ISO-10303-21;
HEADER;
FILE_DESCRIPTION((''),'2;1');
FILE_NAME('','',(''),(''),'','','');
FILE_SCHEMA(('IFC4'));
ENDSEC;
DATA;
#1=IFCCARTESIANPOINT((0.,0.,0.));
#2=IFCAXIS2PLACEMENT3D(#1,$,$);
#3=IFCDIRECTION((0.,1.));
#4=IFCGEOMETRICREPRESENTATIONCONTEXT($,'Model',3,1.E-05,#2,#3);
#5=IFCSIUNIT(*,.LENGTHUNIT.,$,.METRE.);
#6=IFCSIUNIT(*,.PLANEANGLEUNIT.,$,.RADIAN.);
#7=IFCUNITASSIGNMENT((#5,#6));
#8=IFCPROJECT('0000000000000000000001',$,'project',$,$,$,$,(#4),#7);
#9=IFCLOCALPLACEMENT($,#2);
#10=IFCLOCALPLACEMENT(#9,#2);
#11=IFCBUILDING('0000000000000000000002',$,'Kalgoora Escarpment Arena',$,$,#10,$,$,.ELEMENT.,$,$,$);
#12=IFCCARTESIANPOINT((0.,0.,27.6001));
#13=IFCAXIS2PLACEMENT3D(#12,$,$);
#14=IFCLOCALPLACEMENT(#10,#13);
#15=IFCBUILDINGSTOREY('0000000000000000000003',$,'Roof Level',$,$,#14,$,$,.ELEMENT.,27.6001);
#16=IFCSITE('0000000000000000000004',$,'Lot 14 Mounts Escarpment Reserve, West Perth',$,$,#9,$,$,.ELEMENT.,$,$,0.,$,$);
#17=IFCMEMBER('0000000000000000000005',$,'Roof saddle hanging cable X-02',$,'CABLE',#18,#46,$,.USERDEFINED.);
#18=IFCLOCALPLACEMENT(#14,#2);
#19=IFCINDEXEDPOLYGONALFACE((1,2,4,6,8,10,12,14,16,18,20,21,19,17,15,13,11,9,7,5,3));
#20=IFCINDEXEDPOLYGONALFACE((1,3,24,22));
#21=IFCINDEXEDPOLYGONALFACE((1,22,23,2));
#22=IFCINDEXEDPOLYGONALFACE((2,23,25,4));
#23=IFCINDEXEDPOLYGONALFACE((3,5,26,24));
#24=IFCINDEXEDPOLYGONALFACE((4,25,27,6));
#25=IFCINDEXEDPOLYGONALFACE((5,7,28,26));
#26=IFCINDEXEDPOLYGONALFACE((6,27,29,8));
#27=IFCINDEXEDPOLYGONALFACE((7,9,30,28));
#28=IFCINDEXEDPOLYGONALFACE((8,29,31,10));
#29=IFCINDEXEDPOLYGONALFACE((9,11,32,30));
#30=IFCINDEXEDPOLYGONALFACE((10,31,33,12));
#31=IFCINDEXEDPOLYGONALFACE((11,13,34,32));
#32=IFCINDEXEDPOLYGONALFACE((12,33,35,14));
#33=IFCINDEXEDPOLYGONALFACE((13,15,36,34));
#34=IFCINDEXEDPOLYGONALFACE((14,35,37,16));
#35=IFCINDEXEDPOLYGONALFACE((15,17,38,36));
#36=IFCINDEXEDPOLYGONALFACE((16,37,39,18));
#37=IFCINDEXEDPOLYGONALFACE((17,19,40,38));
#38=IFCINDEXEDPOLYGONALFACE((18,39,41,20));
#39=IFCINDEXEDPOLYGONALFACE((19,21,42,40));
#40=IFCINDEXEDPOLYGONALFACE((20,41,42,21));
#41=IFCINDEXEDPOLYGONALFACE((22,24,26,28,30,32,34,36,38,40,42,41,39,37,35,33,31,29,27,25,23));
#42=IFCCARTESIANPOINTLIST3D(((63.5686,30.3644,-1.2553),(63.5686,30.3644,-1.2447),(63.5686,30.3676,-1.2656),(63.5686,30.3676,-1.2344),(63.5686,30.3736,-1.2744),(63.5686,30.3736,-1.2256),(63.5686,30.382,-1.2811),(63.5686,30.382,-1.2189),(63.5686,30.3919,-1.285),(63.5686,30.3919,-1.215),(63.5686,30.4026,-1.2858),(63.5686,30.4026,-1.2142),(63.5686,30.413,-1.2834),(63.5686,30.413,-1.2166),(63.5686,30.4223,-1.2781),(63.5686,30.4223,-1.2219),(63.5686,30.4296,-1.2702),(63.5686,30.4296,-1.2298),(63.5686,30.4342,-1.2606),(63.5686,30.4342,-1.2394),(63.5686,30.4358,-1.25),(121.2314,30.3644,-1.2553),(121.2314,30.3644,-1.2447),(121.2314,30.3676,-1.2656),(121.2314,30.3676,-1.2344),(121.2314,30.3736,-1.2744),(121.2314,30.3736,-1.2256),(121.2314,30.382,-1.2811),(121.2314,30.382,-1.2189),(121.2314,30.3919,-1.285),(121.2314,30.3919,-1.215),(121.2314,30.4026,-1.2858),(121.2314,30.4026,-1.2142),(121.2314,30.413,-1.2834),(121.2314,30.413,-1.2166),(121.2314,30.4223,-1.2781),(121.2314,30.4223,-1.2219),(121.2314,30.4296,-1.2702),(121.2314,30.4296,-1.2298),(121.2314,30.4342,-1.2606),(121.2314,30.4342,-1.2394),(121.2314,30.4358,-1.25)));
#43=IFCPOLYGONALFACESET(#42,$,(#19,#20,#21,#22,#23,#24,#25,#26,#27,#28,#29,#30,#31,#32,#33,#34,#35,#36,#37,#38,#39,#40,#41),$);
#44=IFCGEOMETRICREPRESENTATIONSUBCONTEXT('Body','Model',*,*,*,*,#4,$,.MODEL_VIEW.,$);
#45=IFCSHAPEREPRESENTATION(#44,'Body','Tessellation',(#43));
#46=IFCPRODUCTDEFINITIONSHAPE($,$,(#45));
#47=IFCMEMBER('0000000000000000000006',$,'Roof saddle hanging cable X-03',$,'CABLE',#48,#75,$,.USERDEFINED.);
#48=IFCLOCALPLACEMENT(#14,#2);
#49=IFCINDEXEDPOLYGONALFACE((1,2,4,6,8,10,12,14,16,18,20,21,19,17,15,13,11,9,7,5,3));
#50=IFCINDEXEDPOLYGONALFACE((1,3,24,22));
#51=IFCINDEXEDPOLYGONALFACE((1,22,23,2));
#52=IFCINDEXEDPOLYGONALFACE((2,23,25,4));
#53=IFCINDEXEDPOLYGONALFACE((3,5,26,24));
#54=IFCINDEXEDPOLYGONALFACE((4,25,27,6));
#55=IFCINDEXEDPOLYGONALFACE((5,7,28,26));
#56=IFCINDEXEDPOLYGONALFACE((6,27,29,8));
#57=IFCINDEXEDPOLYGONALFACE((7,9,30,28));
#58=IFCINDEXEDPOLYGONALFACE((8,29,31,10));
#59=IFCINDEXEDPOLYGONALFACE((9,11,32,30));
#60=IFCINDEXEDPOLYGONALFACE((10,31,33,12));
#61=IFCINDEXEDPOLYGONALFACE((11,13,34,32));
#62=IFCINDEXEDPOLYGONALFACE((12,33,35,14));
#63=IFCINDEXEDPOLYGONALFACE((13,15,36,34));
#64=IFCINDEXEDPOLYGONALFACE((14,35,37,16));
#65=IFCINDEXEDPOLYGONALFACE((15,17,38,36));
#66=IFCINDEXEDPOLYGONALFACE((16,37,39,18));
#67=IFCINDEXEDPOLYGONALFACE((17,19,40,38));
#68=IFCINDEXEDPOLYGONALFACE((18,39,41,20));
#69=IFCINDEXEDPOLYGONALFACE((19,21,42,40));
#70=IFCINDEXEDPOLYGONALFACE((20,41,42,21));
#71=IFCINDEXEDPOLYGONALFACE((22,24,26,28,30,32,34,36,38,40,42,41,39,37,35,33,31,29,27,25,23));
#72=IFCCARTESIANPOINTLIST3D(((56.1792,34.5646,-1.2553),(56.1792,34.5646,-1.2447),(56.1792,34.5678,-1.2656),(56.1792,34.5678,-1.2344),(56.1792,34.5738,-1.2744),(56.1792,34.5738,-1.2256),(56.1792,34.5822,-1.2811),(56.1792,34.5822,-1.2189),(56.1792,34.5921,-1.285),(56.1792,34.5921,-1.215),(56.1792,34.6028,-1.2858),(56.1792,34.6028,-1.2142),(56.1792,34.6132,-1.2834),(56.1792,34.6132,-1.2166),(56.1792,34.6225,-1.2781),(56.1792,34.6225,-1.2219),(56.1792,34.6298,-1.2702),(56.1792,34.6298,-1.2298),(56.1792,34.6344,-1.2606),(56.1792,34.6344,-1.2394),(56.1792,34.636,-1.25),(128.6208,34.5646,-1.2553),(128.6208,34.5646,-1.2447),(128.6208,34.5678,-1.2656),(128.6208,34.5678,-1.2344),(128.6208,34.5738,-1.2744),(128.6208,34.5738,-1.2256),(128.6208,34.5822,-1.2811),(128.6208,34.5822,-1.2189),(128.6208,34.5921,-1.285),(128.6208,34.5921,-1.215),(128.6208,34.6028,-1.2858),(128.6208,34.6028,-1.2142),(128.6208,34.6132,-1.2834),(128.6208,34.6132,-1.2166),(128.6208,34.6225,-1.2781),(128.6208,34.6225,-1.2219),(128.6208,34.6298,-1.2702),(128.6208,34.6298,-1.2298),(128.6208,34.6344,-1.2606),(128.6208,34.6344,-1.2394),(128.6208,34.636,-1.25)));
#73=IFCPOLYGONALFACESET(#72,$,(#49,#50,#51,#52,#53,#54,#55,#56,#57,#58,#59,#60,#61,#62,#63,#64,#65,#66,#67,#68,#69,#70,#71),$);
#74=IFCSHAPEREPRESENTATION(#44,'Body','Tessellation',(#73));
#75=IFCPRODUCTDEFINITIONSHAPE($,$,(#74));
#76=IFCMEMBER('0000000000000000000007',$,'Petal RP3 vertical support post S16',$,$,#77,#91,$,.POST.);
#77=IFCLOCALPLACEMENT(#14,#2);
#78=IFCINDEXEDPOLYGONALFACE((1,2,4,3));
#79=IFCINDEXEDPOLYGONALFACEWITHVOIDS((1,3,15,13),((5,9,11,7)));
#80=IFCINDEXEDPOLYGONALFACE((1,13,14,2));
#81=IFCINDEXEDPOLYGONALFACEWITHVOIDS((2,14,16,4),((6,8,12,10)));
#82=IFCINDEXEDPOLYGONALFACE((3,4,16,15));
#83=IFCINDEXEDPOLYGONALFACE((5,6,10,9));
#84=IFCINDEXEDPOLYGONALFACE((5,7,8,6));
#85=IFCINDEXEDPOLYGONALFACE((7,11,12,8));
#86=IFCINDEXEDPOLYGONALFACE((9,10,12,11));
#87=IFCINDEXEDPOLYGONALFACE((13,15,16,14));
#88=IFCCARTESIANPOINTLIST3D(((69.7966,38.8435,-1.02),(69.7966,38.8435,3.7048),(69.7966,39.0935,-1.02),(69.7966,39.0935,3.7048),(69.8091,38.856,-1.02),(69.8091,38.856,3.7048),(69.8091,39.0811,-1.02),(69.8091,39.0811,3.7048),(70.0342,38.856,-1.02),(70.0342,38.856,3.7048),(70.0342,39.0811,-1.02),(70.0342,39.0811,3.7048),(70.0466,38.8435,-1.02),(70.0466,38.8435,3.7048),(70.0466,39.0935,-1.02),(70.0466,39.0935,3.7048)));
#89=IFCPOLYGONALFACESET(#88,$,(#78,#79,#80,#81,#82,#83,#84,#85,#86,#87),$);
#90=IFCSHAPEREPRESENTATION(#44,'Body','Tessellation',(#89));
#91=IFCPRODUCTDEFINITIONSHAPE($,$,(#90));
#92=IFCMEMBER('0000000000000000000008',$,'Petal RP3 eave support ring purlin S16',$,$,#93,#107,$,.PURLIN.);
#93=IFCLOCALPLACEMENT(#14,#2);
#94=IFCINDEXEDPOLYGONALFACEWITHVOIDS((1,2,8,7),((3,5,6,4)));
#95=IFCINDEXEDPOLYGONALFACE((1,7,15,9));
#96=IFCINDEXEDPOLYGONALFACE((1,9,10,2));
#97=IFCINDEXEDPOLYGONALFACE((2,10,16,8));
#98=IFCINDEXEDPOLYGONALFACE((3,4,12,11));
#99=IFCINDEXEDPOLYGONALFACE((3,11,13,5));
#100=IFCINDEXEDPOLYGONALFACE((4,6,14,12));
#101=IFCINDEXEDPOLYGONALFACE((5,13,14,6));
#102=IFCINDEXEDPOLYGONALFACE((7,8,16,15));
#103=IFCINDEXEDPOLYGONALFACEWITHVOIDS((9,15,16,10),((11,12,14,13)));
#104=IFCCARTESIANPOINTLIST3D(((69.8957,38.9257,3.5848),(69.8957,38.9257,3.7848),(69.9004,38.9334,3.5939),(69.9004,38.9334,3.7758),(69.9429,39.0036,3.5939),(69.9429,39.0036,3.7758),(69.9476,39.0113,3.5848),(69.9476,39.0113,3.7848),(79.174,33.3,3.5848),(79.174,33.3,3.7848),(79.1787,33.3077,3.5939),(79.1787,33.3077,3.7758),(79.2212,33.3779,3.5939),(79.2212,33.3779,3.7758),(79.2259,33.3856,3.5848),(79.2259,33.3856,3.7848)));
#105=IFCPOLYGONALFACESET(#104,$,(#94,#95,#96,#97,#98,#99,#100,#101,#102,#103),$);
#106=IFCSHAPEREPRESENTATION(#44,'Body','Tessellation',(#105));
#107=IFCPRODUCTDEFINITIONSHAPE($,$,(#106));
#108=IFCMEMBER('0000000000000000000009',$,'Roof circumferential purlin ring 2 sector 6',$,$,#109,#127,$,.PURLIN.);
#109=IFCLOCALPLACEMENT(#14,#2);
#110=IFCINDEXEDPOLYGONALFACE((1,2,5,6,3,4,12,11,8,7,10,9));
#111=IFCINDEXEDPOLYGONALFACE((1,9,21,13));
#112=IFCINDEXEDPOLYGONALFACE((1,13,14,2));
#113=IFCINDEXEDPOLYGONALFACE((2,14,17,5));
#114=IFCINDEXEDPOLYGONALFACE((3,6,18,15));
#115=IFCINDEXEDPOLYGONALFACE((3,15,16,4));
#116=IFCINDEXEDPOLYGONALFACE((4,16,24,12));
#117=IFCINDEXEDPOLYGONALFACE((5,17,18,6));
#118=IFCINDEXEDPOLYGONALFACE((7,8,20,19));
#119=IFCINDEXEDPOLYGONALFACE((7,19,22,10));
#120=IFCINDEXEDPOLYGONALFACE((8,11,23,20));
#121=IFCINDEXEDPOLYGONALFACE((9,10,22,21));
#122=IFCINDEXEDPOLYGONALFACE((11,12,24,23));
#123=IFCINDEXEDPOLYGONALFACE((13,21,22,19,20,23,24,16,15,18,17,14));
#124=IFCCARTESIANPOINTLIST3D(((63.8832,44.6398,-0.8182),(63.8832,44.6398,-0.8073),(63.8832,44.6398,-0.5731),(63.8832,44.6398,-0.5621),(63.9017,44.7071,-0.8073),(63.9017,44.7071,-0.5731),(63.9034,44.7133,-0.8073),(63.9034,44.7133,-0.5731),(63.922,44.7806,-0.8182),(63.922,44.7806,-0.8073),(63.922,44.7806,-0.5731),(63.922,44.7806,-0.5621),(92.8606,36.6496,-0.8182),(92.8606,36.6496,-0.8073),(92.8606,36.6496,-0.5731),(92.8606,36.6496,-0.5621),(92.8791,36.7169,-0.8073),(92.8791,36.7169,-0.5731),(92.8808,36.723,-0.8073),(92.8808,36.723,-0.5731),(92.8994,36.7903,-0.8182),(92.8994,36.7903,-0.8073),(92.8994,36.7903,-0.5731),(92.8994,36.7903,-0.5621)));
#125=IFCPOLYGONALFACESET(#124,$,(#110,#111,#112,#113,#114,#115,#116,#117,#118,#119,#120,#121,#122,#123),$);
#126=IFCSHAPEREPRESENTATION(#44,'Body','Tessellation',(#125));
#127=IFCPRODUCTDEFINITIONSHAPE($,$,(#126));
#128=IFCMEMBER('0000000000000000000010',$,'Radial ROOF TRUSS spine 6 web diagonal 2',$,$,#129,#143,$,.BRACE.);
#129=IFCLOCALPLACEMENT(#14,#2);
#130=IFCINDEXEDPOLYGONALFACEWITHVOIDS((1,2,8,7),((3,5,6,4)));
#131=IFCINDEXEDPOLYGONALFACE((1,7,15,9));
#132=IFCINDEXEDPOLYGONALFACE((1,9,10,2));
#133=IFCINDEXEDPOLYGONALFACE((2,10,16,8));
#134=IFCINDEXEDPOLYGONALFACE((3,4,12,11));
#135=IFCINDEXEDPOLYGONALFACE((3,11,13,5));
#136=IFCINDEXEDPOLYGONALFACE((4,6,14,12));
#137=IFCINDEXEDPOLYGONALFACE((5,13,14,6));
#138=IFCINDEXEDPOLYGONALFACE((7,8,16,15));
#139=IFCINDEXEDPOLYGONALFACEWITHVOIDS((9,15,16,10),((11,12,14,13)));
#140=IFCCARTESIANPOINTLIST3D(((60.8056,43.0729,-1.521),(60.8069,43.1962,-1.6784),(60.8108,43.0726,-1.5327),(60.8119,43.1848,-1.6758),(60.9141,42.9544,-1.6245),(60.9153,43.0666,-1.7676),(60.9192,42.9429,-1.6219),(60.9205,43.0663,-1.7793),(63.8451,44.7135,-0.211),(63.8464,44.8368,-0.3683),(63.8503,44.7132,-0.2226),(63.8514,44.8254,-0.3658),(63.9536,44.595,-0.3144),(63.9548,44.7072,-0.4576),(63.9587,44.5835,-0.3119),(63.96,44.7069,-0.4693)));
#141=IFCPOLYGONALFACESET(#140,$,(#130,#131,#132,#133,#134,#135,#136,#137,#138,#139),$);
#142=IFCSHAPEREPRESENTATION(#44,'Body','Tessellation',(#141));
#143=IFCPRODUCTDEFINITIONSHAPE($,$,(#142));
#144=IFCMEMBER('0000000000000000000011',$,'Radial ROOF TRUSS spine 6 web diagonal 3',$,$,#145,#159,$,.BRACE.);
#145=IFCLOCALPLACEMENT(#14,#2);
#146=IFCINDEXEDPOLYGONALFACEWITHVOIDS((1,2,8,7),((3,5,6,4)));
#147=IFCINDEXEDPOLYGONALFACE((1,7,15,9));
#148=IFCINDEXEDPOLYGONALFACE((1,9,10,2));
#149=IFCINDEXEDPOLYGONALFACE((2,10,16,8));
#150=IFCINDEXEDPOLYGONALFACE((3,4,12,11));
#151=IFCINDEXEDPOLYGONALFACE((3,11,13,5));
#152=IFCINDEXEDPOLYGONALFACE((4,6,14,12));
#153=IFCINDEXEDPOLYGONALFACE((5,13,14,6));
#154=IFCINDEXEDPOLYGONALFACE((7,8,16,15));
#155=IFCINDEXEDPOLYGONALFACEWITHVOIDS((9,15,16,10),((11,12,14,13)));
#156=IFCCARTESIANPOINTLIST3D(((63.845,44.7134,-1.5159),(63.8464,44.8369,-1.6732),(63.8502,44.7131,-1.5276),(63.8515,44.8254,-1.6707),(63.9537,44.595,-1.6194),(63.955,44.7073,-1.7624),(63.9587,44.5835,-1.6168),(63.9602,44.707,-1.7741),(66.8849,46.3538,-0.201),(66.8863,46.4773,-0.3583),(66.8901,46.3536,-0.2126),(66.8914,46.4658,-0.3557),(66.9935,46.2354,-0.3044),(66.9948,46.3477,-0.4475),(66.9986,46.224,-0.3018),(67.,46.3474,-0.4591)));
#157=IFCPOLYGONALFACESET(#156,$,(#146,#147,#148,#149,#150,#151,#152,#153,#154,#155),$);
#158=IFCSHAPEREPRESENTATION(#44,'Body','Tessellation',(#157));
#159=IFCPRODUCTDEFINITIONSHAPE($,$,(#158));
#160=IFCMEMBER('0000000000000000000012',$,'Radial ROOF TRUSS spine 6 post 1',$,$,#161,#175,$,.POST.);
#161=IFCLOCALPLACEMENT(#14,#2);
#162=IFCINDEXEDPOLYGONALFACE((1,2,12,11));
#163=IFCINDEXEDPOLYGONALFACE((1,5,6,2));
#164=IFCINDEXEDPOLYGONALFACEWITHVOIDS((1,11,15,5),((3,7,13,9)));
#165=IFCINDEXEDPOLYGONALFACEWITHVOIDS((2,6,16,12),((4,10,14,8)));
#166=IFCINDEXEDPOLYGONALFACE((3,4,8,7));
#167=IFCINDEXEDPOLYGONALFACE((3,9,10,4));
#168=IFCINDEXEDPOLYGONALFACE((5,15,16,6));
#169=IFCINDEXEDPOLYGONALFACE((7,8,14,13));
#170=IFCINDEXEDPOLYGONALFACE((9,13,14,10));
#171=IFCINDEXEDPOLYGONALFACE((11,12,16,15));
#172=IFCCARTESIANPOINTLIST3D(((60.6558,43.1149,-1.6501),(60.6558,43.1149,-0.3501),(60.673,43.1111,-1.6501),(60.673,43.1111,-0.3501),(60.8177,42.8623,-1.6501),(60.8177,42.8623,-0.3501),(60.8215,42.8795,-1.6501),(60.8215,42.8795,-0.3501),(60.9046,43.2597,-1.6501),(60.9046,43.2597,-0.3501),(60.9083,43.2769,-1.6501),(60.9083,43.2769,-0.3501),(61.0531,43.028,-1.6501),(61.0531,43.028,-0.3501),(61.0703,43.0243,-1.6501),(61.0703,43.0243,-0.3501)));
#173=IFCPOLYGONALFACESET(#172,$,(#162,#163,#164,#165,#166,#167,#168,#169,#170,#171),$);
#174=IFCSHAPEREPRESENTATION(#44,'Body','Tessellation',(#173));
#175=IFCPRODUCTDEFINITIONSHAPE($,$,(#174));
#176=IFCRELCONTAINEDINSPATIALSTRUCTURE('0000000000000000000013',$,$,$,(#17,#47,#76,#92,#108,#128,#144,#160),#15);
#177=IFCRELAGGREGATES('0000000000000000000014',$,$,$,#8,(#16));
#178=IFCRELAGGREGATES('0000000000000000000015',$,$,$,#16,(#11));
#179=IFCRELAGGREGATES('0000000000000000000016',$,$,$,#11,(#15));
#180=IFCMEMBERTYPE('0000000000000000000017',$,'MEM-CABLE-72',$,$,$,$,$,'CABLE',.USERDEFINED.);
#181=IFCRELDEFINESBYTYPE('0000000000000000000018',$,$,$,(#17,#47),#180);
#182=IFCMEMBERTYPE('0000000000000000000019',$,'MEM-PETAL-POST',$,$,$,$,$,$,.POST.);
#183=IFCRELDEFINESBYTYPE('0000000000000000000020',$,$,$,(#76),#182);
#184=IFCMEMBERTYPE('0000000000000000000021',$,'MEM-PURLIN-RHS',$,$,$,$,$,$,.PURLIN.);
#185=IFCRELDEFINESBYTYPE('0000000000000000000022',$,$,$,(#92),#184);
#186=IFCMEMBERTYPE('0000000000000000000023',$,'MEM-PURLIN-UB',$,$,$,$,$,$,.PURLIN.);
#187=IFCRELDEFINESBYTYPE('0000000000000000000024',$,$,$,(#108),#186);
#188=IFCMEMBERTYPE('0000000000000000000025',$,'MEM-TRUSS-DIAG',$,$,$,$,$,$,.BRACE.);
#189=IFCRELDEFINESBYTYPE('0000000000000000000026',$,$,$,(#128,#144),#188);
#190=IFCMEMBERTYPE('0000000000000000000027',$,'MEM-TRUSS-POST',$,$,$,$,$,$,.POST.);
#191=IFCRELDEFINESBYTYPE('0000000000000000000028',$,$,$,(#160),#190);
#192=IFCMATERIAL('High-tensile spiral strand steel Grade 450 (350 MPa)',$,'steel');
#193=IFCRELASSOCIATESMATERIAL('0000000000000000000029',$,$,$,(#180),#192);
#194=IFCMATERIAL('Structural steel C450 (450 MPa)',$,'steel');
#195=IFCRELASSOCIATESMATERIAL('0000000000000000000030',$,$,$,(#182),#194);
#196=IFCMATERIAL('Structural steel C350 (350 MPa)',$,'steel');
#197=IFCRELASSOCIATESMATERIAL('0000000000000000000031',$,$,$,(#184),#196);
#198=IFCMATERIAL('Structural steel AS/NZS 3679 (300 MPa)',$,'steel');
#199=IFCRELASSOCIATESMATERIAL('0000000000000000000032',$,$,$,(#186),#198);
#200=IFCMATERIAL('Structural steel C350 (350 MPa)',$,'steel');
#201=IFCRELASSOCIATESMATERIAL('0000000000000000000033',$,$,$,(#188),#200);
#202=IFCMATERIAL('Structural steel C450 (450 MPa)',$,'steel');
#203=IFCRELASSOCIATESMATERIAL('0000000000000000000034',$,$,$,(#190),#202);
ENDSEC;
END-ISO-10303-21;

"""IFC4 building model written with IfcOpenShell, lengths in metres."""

from ifc_helpers import new_model, si_unit, direction, frame, origin, origin_2d, place, context, subcontext, project, spatial, hollow_rectangle, circle, i_section, extrude, material, material_profile, profile_set, type_object, element, save


model = new_model("IFC4")

# Units and contexts
model_context = context("Model", 3, precision=1e-05, world=origin(), true_north=direction((0.0, 1.0)))
body_context = subcontext(model_context, "Body", "Model", "MODEL_VIEW")
ifc_project = project(units=[si_unit("LENGTHUNIT", "METRE"), si_unit("PLANEANGLEUNIT", "RADIAN")], contexts=[model_context])

# Site, building, storey
site_placement = place(None, origin())
site = spatial("IfcSite", under=ifc_project, at=site_placement, Name="Lot 14 Mounts Escarpment Reserve, West Perth", CompositionType="ELEMENT", RefElevation=0.0)
building_placement = place(site_placement, origin())
building = spatial("IfcBuilding", under=site, at=building_placement, Name="Kalgoora Escarpment Arena", CompositionType="ELEMENT")
storey_placement = place(building_placement, frame((0.0, 0.0, 27.6001)))
storey = spatial("IfcBuildingStorey", under=building, at=storey_placement, Name="Roof Level", CompositionType="ELEMENT", Elevation=27.6001)

# Members
ifc_material_1 = material(Name="High-tensile spiral strand steel Grade 450 (350 MPa)", Category="steel")
ifc_material_profile_1 = material_profile(ifc_material_1, circle(Radius=0.0359, at=origin_2d()))
ifc_profile_set_1 = profile_set([ifc_material_profile_1], Name="High-tensile spiral strand steel Grade 450 (350 MPa)")
member_type_1 = type_object("IfcMemberType", Name="MEM-CABLE-72", ElementType="CABLE", PredefinedType="USERDEFINED", material=ifc_profile_set_1)
member_1_placement = place(storey_placement, frame((63.5686, 30.3999, -1.25), z_axis=(1.0, 0.0, 0.0), x_axis=(0.0, 1.0, 0.0)))
element("IfcMember", 1, at=member_1_placement, inside=storey, type_object=member_type_1, Name="Roof saddle hanging cable X-02", ObjectType="CABLE", PredefinedType="USERDEFINED", context=body_context, shape_type="SweptSolid", body=[
    extrude(circle(Radius=0.0359, at=origin_2d()), origin(), (0.0, 0.0, 1.0), 57.6628),
])
member_2_placement = place(storey_placement, frame((56.1792, 34.6001, -1.25), z_axis=(1.0, 0.0, 0.0), x_axis=(0.0, 1.0, 0.0)))
element("IfcMember", 2, at=member_2_placement, inside=storey, type_object=member_type_1, Name="Roof saddle hanging cable X-03", ObjectType="CABLE", PredefinedType="USERDEFINED", context=body_context, shape_type="SweptSolid", body=[
    extrude(circle(Radius=0.0359, at=origin_2d()), origin(), (0.0, 0.0, 1.0), 72.4417),
])
ifc_material_2 = material(Name="Structural steel C450 (450 MPa)", Category="steel")
ifc_material_profile_2 = material_profile(ifc_material_2, hollow_rectangle(XDim=0.25, YDim=0.25, WallThickness=0.0125, at=origin_2d()))
ifc_profile_set_2 = profile_set([ifc_material_profile_2], Name="Structural steel C450 (450 MPa)")
member_type_2 = type_object("IfcMemberType", Name="MEM-PETAL-POST", PredefinedType="POST", material=ifc_profile_set_2)
member_3_placement = place(storey_placement, frame((69.9216, 38.9685, -1.02), z_axis=(0.0, 0.0, 1.0), x_axis=(1.0, 0.0, 0.0)))
element("IfcMember", 3, at=member_3_placement, inside=storey, type_object=member_type_2, Name="Petal RP3 vertical support post S16", PredefinedType="POST", context=body_context, shape_type="SweptSolid", body=[
    extrude(hollow_rectangle(XDim=0.25, YDim=0.25, WallThickness=0.0125, at=origin_2d()), origin(), (0.0, 0.0, 1.0), 4.7249),
])
ifc_material_3 = material(Name="Structural steel C350 (350 MPa)", Category="steel")
ifc_material_profile_3 = material_profile(ifc_material_3, hollow_rectangle(XDim=0.1001, YDim=0.2, WallThickness=0.009, at=origin_2d()))
ifc_profile_set_3 = profile_set([ifc_material_profile_3], Name="Structural steel C350 (350 MPa)")
member_type_3 = type_object("IfcMemberType", Name="MEM-PURLIN-RHS", PredefinedType="PURLIN", material=ifc_profile_set_3)
member_4_placement = place(storey_placement, frame((69.9216, 38.9685, 3.6848), z_axis=(0.855095, -0.518471, 0.0), x_axis=(0.518471, 0.855095, 0.0)))
element("IfcMember", 4, at=member_4_placement, inside=storey, type_object=member_type_3, Name="Petal RP3 eave support ring purlin S16", PredefinedType="PURLIN", context=body_context, shape_type="SweptSolid", body=[
    extrude(hollow_rectangle(XDim=0.1001, YDim=0.2, WallThickness=0.009, at=origin_2d()), origin(), (0.0, 0.0, 1.0), 10.8506),
])
ifc_material_4 = material(Name="Structural steel AS/NZS 3679 (300 MPa)", Category="steel")
ifc_material_profile_4 = material_profile(ifc_material_4, i_section(OverallWidth=0.146, OverallDepth=0.2561, WebThickness=0.0063, FlangeThickness=0.011, at=origin_2d()))
ifc_profile_set_4 = profile_set([ifc_material_profile_4], Name="Structural steel AS/NZS 3679 (300 MPa)")
member_type_4 = type_object("IfcMemberType", Name="MEM-PURLIN-UB", PredefinedType="PURLIN", material=ifc_profile_set_4)
member_5_placement = place(storey_placement, frame((63.9026, 44.7102, -0.6902), z_axis=(0.964022, -0.265821, 0.0), x_axis=(0.265821, 0.964022, 0.0)))
element("IfcMember", 5, at=member_5_placement, inside=storey, type_object=member_type_4, Name="Roof circumferential purlin ring 2 sector 6", PredefinedType="PURLIN", context=body_context, shape_type="SweptSolid", body=[
    extrude(i_section(OverallWidth=0.146, OverallDepth=0.2561, WebThickness=0.0063, FlangeThickness=0.011, at=origin_2d()), origin(), (0.0, 0.0, 1.0), 30.0588),
])
ifc_material_5 = material(Name="Structural steel C350 (350 MPa)", Category="steel")
ifc_material_profile_5 = material_profile(ifc_material_5, hollow_rectangle(XDim=0.2, YDim=0.2, WallThickness=0.009, at=origin_2d()))
ifc_profile_set_5 = profile_set([ifc_material_profile_5], Name="Structural steel C350 (350 MPa)")
member_type_5 = type_object("IfcMemberType", Name="MEM-TRUSS-DIAG", PredefinedType="BRACE", material=ifc_profile_set_5)
member_6_placement = place(storey_placement, frame((60.863, 43.0696, -1.6501), z_axis=(0.8228, 0.444114, 0.35463), x_axis=(-0.568296, 0.649847, 0.504716)))
element("IfcMember", 6, at=member_6_placement, inside=storey, type_object=member_type_5, Name="Radial ROOF TRUSS spine 6 web diagonal 2", PredefinedType="BRACE", context=body_context, shape_type="SweptSolid", body=[
    extrude(hollow_rectangle(XDim=0.2, YDim=0.2, WallThickness=0.009, at=origin_2d()), origin(), (0.0, 0.0, 1.0), 3.6941),
])
member_7_placement = place(storey_placement, frame((63.9026, 44.7102, -1.645), z_axis=(0.82246, 0.443828, 0.355776), x_axis=(-0.568778, 0.649608, 0.504481)))
element("IfcMember", 7, at=member_7_placement, inside=storey, type_object=member_type_5, Name="Radial ROOF TRUSS spine 6 web diagonal 3", PredefinedType="BRACE", context=body_context, shape_type="SweptSolid", body=[
    extrude(hollow_rectangle(XDim=0.2, YDim=0.2, WallThickness=0.009, at=origin_2d()), origin(), (0.0, 0.0, 1.0), 3.696),
])
ifc_material_6 = material(Name="Structural steel C450 (450 MPa)", Category="steel")
ifc_material_profile_6 = material_profile(ifc_material_6, hollow_rectangle(XDim=0.3, YDim=0.3, WallThickness=0.0125, at=origin_2d()))
ifc_profile_set_6 = profile_set([ifc_material_profile_6], Name="Structural steel C450 (450 MPa)")
member_type_6 = type_object("IfcMemberType", Name="MEM-TRUSS-POST", PredefinedType="POST", material=ifc_profile_set_6)
member_8_placement = place(storey_placement, frame((60.863, 43.0696, -1.6501), z_axis=(0.0, 0.0, 1.0), x_axis=(0.841794, 0.5398, 0.0)))
element("IfcMember", 8, at=member_8_placement, inside=storey, type_object=member_type_6, Name="Radial ROOF TRUSS spine 6 post 1", PredefinedType="POST", context=body_context, shape_type="SweptSolid", body=[
    extrude(hollow_rectangle(XDim=0.3, YDim=0.3, WallThickness=0.0125, at=origin_2d()), origin(), (0.0, 0.0, 1.0), 1.3),
])

save(model, "model.ifc")
